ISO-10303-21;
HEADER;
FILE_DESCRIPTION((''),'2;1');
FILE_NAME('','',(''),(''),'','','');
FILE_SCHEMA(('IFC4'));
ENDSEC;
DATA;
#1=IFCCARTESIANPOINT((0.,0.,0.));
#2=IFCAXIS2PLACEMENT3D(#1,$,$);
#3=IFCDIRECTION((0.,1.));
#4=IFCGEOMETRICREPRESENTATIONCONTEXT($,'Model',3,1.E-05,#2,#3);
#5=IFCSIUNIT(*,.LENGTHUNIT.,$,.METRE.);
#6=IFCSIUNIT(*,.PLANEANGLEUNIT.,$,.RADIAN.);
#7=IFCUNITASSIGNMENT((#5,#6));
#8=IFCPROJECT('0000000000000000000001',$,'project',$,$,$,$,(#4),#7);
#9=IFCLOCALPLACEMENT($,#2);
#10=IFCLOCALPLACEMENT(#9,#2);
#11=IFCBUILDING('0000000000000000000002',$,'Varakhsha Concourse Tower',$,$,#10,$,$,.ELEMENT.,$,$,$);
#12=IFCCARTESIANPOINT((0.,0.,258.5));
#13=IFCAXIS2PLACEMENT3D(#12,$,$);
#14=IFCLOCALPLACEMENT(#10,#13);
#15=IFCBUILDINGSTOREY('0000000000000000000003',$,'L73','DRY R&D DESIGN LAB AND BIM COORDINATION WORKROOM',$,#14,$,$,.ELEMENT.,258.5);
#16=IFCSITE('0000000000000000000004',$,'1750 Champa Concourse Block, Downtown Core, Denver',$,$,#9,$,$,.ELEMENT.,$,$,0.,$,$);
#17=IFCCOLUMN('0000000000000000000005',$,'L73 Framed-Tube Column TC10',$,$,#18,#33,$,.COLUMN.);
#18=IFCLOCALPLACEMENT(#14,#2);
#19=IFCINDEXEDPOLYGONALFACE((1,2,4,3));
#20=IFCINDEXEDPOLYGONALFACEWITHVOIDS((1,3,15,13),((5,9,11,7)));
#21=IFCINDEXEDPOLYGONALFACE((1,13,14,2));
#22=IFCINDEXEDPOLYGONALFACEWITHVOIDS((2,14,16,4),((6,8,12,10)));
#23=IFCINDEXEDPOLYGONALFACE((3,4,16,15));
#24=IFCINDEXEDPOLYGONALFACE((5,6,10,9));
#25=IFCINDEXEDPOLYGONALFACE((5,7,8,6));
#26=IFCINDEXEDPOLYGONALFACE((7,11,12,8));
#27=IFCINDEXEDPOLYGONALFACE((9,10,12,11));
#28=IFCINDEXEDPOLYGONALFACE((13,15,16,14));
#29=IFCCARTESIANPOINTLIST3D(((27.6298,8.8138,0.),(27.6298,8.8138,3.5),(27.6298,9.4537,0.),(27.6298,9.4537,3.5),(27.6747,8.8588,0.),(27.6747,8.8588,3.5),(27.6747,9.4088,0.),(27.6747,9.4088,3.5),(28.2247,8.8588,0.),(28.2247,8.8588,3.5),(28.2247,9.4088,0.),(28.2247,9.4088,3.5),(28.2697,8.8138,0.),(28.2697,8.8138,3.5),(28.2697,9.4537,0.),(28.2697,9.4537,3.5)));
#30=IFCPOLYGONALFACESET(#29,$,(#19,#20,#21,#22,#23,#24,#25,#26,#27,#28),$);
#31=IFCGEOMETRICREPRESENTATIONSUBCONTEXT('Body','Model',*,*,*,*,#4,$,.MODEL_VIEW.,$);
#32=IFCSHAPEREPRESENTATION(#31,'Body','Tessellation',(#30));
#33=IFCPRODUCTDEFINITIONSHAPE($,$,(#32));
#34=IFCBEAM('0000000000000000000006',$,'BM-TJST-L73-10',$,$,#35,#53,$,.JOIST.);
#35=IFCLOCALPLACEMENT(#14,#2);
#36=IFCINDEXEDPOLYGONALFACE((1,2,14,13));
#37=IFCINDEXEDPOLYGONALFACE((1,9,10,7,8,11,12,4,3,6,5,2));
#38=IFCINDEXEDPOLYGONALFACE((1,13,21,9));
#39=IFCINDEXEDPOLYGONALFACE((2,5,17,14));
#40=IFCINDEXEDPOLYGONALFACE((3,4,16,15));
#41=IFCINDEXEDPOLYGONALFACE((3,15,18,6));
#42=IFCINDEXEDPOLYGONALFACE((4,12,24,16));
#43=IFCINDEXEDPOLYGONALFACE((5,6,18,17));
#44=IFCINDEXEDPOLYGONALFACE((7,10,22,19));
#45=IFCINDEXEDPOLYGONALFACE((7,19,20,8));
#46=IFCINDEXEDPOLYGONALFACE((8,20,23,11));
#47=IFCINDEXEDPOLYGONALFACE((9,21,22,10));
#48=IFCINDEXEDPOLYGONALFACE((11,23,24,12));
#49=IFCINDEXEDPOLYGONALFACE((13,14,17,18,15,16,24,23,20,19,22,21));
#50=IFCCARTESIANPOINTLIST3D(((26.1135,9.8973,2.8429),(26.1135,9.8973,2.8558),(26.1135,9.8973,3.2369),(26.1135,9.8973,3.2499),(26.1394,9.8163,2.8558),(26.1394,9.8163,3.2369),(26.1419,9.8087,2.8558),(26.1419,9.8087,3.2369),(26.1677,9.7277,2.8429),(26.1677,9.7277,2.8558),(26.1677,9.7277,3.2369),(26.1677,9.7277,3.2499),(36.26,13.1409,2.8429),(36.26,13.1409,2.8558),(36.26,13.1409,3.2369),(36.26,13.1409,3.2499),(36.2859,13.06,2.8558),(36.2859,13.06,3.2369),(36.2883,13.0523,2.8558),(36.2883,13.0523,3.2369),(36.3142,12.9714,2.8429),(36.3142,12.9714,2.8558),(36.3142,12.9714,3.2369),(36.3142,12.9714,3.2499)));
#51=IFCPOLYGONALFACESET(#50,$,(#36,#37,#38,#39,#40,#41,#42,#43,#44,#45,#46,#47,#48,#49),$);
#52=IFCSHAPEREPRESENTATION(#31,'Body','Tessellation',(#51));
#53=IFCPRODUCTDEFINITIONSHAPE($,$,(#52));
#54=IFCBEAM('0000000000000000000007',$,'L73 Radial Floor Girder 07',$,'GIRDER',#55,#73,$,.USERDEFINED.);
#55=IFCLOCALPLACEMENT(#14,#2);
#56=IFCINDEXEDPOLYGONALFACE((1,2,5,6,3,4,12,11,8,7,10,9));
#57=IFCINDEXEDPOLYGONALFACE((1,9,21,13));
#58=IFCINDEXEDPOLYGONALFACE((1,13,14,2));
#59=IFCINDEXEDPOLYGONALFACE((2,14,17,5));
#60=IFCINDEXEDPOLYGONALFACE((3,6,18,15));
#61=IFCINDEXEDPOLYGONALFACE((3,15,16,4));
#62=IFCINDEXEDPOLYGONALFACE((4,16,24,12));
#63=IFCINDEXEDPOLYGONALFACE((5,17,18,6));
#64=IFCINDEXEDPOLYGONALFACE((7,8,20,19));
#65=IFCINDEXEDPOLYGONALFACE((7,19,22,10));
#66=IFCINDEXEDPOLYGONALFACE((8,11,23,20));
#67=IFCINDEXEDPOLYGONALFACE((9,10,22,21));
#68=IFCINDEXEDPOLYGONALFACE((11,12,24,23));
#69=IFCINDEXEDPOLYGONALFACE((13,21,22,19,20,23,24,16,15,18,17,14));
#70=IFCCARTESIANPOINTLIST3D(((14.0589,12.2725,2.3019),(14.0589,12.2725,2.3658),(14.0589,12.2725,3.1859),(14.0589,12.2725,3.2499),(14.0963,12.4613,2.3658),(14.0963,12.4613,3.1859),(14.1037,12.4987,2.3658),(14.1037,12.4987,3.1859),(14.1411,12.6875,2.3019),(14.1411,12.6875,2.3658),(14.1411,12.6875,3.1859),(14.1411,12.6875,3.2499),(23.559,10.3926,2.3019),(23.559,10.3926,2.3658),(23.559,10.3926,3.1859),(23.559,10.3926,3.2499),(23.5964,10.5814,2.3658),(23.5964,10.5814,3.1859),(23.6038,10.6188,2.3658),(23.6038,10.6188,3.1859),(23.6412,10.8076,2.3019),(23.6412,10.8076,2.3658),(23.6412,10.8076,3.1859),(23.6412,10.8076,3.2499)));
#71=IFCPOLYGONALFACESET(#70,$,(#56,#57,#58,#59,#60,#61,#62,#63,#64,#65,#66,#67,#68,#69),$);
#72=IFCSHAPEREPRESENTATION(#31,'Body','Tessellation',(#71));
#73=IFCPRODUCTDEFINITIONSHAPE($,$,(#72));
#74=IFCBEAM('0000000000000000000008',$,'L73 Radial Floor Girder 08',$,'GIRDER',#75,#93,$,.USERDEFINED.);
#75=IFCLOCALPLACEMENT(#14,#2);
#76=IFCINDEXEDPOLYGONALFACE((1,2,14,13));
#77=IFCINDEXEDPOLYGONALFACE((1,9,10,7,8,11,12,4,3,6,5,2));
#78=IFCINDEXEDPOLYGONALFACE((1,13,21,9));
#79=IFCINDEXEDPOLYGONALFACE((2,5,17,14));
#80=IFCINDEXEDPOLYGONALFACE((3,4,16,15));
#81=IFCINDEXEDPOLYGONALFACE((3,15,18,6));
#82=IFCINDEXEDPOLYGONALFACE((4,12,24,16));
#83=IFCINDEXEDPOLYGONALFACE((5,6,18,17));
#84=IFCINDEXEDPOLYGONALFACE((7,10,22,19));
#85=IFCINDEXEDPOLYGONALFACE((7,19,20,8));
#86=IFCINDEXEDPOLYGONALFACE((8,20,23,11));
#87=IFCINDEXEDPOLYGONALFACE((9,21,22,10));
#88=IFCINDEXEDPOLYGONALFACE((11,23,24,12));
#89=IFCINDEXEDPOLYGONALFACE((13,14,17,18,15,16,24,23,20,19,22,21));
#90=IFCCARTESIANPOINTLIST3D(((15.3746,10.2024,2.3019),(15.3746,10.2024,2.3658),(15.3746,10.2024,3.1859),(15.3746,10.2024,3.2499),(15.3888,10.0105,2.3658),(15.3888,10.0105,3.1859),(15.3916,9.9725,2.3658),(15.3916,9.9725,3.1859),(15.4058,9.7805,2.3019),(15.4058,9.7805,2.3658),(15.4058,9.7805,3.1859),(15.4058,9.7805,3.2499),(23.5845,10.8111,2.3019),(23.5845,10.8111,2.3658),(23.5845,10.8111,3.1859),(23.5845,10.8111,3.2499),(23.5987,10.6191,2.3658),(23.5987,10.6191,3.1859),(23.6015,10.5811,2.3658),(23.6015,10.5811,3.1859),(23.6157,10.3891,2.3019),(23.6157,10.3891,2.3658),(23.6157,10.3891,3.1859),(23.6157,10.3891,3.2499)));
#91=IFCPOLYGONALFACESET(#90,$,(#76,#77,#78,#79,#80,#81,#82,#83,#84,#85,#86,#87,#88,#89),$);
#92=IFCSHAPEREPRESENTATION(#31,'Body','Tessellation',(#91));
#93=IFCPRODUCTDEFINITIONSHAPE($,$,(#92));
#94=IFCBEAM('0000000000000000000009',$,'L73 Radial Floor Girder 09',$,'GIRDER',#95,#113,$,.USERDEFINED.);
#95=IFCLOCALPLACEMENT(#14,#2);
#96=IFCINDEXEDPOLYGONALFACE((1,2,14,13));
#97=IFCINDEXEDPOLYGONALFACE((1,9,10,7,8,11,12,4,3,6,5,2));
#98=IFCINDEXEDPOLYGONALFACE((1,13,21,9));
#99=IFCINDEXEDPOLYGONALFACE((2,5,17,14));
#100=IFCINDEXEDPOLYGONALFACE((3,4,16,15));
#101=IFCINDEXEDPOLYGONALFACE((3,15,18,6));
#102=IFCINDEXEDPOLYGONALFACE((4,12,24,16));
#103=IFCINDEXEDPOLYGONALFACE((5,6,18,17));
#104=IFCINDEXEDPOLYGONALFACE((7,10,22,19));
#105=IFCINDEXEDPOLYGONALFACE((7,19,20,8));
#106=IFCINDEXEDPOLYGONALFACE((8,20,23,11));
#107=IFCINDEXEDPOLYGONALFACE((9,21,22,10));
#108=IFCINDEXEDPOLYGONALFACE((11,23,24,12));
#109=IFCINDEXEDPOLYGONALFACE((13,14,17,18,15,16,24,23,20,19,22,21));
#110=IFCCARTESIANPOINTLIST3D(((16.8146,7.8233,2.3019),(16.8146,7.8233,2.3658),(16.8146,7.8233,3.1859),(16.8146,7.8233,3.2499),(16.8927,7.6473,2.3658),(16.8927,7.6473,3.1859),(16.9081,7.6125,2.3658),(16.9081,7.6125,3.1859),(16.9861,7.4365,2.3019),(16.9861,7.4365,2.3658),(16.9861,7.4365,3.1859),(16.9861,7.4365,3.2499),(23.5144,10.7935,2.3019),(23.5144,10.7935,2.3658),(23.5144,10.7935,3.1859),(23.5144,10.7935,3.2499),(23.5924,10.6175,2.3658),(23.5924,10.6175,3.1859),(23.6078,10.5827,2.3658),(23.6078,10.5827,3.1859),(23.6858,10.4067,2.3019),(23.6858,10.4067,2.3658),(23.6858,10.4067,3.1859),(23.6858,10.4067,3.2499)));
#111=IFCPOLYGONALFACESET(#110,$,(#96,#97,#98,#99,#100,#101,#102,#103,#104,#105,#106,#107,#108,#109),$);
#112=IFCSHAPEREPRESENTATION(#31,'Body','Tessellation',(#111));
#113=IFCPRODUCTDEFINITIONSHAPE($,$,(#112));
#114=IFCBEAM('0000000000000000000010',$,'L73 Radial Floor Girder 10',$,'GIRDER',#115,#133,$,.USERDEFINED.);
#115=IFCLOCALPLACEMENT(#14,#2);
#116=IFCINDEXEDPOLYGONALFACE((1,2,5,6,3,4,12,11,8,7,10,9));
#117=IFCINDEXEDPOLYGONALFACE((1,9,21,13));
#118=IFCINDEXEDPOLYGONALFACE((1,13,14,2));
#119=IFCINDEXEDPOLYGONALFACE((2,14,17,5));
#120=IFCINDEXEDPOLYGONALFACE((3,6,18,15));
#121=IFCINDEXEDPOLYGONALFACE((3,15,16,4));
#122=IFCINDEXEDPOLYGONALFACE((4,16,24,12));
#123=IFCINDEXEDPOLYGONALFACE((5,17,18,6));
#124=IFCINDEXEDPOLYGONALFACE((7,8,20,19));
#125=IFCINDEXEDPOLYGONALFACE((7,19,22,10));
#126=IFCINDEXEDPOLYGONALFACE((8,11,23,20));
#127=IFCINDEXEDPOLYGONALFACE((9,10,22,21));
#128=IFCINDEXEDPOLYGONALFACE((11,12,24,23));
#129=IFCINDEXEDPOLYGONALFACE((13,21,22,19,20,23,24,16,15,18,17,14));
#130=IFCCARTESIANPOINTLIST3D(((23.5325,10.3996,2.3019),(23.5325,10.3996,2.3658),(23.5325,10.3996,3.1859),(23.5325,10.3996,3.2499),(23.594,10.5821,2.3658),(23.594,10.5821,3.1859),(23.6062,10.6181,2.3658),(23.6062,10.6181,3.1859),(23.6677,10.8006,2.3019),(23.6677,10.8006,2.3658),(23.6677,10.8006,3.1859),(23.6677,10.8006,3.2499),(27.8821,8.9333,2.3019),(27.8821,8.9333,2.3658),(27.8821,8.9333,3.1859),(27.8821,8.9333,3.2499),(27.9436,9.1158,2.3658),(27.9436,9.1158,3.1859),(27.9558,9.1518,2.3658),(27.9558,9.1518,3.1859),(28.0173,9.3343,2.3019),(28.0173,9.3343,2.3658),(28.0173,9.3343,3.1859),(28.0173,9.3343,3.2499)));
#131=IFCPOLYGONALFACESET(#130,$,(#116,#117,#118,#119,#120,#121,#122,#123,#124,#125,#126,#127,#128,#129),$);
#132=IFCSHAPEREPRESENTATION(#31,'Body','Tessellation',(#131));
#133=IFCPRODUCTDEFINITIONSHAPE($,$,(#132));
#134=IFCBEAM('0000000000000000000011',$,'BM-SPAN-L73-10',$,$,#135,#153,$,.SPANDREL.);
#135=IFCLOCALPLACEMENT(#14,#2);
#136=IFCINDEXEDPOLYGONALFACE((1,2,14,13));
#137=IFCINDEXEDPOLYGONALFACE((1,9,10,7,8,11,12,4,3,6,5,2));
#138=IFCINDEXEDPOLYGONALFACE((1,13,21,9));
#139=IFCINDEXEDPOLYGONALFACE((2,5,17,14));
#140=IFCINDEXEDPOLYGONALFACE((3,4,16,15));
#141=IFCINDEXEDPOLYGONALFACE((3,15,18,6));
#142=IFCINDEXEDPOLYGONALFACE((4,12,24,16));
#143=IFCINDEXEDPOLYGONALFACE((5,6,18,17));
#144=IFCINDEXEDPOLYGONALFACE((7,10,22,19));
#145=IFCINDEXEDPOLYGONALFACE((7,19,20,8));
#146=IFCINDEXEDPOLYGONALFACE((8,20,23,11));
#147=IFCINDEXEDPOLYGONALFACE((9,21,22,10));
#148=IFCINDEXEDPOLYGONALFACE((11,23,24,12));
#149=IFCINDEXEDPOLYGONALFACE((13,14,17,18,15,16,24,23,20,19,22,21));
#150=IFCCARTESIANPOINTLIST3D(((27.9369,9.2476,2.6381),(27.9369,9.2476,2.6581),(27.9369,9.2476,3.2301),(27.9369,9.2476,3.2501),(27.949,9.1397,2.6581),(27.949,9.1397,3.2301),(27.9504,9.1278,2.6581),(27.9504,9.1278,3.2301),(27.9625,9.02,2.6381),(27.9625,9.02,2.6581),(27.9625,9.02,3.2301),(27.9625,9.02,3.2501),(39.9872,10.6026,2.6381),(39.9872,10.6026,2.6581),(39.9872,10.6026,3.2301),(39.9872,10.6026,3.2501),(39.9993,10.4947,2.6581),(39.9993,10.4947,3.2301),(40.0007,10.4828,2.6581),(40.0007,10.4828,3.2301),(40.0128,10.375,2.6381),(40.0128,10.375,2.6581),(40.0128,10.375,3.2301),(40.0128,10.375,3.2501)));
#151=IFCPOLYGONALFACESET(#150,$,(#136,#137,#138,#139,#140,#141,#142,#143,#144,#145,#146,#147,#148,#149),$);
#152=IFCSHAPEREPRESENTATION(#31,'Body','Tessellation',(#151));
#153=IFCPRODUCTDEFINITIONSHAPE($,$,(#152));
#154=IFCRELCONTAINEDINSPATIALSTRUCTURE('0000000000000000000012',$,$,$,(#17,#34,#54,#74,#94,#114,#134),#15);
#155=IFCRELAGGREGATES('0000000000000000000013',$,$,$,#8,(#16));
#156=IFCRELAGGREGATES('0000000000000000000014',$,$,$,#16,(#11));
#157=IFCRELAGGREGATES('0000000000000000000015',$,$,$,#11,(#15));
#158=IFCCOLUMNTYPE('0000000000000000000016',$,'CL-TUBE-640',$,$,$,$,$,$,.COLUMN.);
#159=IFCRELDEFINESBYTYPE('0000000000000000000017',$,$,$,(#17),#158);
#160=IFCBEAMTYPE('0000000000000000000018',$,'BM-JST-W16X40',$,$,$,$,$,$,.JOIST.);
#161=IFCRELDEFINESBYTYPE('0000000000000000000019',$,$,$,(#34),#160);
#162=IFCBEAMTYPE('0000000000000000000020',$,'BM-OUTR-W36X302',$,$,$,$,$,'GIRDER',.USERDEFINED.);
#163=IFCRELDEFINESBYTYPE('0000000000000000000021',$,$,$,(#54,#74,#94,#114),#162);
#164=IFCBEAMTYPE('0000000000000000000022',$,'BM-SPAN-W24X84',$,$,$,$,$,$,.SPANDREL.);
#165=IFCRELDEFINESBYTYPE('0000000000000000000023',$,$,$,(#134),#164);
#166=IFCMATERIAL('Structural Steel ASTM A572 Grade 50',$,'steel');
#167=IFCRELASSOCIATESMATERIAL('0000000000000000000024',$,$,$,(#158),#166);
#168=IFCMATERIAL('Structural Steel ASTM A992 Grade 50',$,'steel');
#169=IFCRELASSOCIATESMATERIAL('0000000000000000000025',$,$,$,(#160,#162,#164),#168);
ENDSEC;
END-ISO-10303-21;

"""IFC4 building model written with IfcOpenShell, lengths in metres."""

from ifc_helpers import new_model, si_unit, direction, frame, origin, origin_2d, place, context, subcontext, project, spatial, hollow_rectangle, i_section, extrude, material, material_profile, profile_set, type_object, element, save


model = new_model("IFC4")

# Units and contexts
model_context = context("Model", 3, precision=1e-05, world=origin(), true_north=direction((0.0, 1.0)))
body_context = subcontext(model_context, "Body", "Model", "MODEL_VIEW")
ifc_project = project(units=[si_unit("LENGTHUNIT", "METRE"), si_unit("PLANEANGLEUNIT", "RADIAN")], contexts=[model_context])

# Site, building, storey
site_placement = place(None, origin())
site = spatial("IfcSite", under=ifc_project, at=site_placement, Name="1750 Champa Concourse Block, Downtown Core, Denver", CompositionType="ELEMENT", RefElevation=0.0)
building_placement = place(site_placement, origin())
building = spatial("IfcBuilding", under=site, at=building_placement, Name="Varakhsha Concourse Tower", CompositionType="ELEMENT")
storey_placement = place(building_placement, frame((0.0, 0.0, 258.5)))
storey = spatial("IfcBuildingStorey", under=building, at=storey_placement, Name="L73", Description="DRY R&D DESIGN LAB AND BIM COORDINATION WORKROOM", CompositionType="ELEMENT", Elevation=258.5)

# Column
ifc_material_1 = material(Name="Structural Steel ASTM A572 Grade 50", Category="steel")
ifc_material_profile_1 = material_profile(ifc_material_1, hollow_rectangle(XDim=0.6399, YDim=0.6399, WallThickness=0.0449, at=origin_2d()), Name="BOX 640x640x45")
ifc_profile_set_1 = profile_set([ifc_material_profile_1], Name="Structural Steel ASTM A572 Grade 50")
column_type = type_object("IfcColumnType", Name="CL-TUBE-640", PredefinedType="COLUMN", material=ifc_profile_set_1)
column_placement = place(storey_placement, frame((27.9497, 9.1338, 0.0), z_axis=(0.0, 0.0, 1.0), x_axis=(1.0, 0.0, 0.0)))
element("IfcColumn", 1, at=column_placement, inside=storey, type_object=column_type, Name="L73 Framed-Tube Column TC10", PredefinedType="COLUMN", context=body_context, shape_type="SweptSolid", body=[
    extrude(hollow_rectangle(XDim=0.6399, YDim=0.6399, WallThickness=0.0449, at=origin_2d()), origin(), (0.0, 0.0, 1.0), 3.5),
])

# Beams
ifc_material_2 = material(Name="Structural Steel ASTM A992 Grade 50", Category="steel")
ifc_material_profile_2 = material_profile(ifc_material_2, i_section(OverallWidth=0.178, OverallDepth=0.407, WebThickness=0.0081, FlangeThickness=0.0129, at=origin_2d()), Name="W16X40")
ifc_profile_set_2 = profile_set([ifc_material_profile_2], Name="Structural Steel ASTM A992 Grade 50")
beam_type_1 = type_object("IfcBeamType", Name="BM-JST-W16X40", PredefinedType="JOIST", material=ifc_profile_set_2)
beam_1_placement = place(storey_placement, frame((26.1406, 9.8125, 3.0464), z_axis=(0.952512, 0.304501, 0.0), x_axis=(-0.304501, 0.952512, 0.0)))
element("IfcBeam", 2, at=beam_1_placement, inside=storey, type_object=beam_type_1, Name="BM-TJST-L73-10", PredefinedType="JOIST", context=body_context, shape_type="SweptSolid", body=[
    extrude(i_section(OverallWidth=0.178, OverallDepth=0.407, WebThickness=0.0081, FlangeThickness=0.0129, at=origin_2d()), origin(), (0.0, 0.0, 1.0), 10.6523),
])
ifc_material_profile_3 = material_profile(ifc_material_2, i_section(OverallWidth=0.4231, OverallDepth=0.948, WebThickness=0.0381, FlangeThickness=0.064, at=origin_2d()), Name="W36X302")
ifc_profile_set_3 = profile_set([ifc_material_profile_3], Name="Structural Steel ASTM A992 Grade 50")
beam_type_2 = type_object("IfcBeamType", Name="BM-OUTR-W36X302", ElementType="GIRDER", PredefinedType="USERDEFINED", material=ifc_profile_set_3)
beam_2_placement = place(storey_placement, frame((23.6001, 10.6001, 2.7759), z_axis=(-0.980978, 0.194118, 0.0), x_axis=(-0.194118, -0.980978, 0.0)))
element("IfcBeam", 3, at=beam_2_placement, inside=storey, type_object=beam_type_2, Name="L73 Radial Floor Girder 07", ObjectType="GIRDER", PredefinedType="USERDEFINED", context=body_context, shape_type="SweptSolid", body=[
    extrude(i_section(OverallWidth=0.4231, OverallDepth=0.948, WebThickness=0.0381, FlangeThickness=0.064, at=origin_2d()), origin(), (0.0, 0.0, 1.0), 9.6843),
])
beam_3_placement = place(storey_placement, frame((23.6001, 10.6001, 2.7759), z_axis=(-0.997263, -0.073932, 0.0), x_axis=(0.073932, -0.997263, 0.0)))
element("IfcBeam", 4, at=beam_3_placement, inside=storey, type_object=beam_type_2, Name="L73 Radial Floor Girder 08", ObjectType="GIRDER", PredefinedType="USERDEFINED", context=body_context, shape_type="SweptSolid", body=[
    extrude(i_section(OverallWidth=0.4231, OverallDepth=0.948, WebThickness=0.0381, FlangeThickness=0.064, at=origin_2d()), origin(), (0.0, 0.0, 1.0), 8.2324),
])
beam_4_placement = place(storey_placement, frame((23.6001, 10.6001, 2.7759), z_axis=(-0.914188, -0.405291, 0.0), x_axis=(0.405291, -0.914188, 0.0)))
element("IfcBeam", 5, at=beam_4_placement, inside=storey, type_object=beam_type_2, Name="L73 Radial Floor Girder 09", ObjectType="GIRDER", PredefinedType="USERDEFINED", context=body_context, shape_type="SweptSolid", body=[
    extrude(i_section(OverallWidth=0.4231, OverallDepth=0.948, WebThickness=0.0381, FlangeThickness=0.064, at=origin_2d()), origin(), (0.0, 0.0, 1.0), 7.3286),
])
beam_5_placement = place(storey_placement, frame((23.6001, 10.6001, 2.7759), z_axis=(0.947603, -0.319449, 0.0), x_axis=(0.319449, 0.947603, 0.0)))
element("IfcBeam", 6, at=beam_5_placement, inside=storey, type_object=beam_type_2, Name="L73 Radial Floor Girder 10", ObjectType="GIRDER", PredefinedType="USERDEFINED", context=body_context, shape_type="SweptSolid", body=[
    extrude(i_section(OverallWidth=0.4231, OverallDepth=0.948, WebThickness=0.0381, FlangeThickness=0.064, at=origin_2d()), origin(), (0.0, 0.0, 1.0), 4.5901),
])
ifc_material_profile_4 = material_profile(ifc_material_2, i_section(OverallWidth=0.229, OverallDepth=0.6121, WebThickness=0.012, FlangeThickness=0.02, at=origin_2d()), Name="W24X84")
ifc_profile_set_4 = profile_set([ifc_material_profile_4], Name="Structural Steel ASTM A992 Grade 50")
beam_type_3 = type_object("IfcBeamType", Name="BM-SPAN-W24X84", PredefinedType="SPANDREL", material=ifc_profile_set_4)
beam_6_placement = place(storey_placement, frame((27.9497, 9.1338, 2.9441), z_axis=(0.993738, 0.11174, 0.0), x_axis=(-0.11174, 0.993738, 0.0)))
element("IfcBeam", 7, at=beam_6_placement, inside=storey, type_object=beam_type_3, Name="BM-SPAN-L73-10", PredefinedType="SPANDREL", context=body_context, shape_type="SweptSolid", body=[
    extrude(i_section(OverallWidth=0.229, OverallDepth=0.6121, WebThickness=0.012, FlangeThickness=0.02, at=origin_2d()), origin(), (0.0, 0.0, 1.0), 12.1262),
])

save(model, "model.ifc")
